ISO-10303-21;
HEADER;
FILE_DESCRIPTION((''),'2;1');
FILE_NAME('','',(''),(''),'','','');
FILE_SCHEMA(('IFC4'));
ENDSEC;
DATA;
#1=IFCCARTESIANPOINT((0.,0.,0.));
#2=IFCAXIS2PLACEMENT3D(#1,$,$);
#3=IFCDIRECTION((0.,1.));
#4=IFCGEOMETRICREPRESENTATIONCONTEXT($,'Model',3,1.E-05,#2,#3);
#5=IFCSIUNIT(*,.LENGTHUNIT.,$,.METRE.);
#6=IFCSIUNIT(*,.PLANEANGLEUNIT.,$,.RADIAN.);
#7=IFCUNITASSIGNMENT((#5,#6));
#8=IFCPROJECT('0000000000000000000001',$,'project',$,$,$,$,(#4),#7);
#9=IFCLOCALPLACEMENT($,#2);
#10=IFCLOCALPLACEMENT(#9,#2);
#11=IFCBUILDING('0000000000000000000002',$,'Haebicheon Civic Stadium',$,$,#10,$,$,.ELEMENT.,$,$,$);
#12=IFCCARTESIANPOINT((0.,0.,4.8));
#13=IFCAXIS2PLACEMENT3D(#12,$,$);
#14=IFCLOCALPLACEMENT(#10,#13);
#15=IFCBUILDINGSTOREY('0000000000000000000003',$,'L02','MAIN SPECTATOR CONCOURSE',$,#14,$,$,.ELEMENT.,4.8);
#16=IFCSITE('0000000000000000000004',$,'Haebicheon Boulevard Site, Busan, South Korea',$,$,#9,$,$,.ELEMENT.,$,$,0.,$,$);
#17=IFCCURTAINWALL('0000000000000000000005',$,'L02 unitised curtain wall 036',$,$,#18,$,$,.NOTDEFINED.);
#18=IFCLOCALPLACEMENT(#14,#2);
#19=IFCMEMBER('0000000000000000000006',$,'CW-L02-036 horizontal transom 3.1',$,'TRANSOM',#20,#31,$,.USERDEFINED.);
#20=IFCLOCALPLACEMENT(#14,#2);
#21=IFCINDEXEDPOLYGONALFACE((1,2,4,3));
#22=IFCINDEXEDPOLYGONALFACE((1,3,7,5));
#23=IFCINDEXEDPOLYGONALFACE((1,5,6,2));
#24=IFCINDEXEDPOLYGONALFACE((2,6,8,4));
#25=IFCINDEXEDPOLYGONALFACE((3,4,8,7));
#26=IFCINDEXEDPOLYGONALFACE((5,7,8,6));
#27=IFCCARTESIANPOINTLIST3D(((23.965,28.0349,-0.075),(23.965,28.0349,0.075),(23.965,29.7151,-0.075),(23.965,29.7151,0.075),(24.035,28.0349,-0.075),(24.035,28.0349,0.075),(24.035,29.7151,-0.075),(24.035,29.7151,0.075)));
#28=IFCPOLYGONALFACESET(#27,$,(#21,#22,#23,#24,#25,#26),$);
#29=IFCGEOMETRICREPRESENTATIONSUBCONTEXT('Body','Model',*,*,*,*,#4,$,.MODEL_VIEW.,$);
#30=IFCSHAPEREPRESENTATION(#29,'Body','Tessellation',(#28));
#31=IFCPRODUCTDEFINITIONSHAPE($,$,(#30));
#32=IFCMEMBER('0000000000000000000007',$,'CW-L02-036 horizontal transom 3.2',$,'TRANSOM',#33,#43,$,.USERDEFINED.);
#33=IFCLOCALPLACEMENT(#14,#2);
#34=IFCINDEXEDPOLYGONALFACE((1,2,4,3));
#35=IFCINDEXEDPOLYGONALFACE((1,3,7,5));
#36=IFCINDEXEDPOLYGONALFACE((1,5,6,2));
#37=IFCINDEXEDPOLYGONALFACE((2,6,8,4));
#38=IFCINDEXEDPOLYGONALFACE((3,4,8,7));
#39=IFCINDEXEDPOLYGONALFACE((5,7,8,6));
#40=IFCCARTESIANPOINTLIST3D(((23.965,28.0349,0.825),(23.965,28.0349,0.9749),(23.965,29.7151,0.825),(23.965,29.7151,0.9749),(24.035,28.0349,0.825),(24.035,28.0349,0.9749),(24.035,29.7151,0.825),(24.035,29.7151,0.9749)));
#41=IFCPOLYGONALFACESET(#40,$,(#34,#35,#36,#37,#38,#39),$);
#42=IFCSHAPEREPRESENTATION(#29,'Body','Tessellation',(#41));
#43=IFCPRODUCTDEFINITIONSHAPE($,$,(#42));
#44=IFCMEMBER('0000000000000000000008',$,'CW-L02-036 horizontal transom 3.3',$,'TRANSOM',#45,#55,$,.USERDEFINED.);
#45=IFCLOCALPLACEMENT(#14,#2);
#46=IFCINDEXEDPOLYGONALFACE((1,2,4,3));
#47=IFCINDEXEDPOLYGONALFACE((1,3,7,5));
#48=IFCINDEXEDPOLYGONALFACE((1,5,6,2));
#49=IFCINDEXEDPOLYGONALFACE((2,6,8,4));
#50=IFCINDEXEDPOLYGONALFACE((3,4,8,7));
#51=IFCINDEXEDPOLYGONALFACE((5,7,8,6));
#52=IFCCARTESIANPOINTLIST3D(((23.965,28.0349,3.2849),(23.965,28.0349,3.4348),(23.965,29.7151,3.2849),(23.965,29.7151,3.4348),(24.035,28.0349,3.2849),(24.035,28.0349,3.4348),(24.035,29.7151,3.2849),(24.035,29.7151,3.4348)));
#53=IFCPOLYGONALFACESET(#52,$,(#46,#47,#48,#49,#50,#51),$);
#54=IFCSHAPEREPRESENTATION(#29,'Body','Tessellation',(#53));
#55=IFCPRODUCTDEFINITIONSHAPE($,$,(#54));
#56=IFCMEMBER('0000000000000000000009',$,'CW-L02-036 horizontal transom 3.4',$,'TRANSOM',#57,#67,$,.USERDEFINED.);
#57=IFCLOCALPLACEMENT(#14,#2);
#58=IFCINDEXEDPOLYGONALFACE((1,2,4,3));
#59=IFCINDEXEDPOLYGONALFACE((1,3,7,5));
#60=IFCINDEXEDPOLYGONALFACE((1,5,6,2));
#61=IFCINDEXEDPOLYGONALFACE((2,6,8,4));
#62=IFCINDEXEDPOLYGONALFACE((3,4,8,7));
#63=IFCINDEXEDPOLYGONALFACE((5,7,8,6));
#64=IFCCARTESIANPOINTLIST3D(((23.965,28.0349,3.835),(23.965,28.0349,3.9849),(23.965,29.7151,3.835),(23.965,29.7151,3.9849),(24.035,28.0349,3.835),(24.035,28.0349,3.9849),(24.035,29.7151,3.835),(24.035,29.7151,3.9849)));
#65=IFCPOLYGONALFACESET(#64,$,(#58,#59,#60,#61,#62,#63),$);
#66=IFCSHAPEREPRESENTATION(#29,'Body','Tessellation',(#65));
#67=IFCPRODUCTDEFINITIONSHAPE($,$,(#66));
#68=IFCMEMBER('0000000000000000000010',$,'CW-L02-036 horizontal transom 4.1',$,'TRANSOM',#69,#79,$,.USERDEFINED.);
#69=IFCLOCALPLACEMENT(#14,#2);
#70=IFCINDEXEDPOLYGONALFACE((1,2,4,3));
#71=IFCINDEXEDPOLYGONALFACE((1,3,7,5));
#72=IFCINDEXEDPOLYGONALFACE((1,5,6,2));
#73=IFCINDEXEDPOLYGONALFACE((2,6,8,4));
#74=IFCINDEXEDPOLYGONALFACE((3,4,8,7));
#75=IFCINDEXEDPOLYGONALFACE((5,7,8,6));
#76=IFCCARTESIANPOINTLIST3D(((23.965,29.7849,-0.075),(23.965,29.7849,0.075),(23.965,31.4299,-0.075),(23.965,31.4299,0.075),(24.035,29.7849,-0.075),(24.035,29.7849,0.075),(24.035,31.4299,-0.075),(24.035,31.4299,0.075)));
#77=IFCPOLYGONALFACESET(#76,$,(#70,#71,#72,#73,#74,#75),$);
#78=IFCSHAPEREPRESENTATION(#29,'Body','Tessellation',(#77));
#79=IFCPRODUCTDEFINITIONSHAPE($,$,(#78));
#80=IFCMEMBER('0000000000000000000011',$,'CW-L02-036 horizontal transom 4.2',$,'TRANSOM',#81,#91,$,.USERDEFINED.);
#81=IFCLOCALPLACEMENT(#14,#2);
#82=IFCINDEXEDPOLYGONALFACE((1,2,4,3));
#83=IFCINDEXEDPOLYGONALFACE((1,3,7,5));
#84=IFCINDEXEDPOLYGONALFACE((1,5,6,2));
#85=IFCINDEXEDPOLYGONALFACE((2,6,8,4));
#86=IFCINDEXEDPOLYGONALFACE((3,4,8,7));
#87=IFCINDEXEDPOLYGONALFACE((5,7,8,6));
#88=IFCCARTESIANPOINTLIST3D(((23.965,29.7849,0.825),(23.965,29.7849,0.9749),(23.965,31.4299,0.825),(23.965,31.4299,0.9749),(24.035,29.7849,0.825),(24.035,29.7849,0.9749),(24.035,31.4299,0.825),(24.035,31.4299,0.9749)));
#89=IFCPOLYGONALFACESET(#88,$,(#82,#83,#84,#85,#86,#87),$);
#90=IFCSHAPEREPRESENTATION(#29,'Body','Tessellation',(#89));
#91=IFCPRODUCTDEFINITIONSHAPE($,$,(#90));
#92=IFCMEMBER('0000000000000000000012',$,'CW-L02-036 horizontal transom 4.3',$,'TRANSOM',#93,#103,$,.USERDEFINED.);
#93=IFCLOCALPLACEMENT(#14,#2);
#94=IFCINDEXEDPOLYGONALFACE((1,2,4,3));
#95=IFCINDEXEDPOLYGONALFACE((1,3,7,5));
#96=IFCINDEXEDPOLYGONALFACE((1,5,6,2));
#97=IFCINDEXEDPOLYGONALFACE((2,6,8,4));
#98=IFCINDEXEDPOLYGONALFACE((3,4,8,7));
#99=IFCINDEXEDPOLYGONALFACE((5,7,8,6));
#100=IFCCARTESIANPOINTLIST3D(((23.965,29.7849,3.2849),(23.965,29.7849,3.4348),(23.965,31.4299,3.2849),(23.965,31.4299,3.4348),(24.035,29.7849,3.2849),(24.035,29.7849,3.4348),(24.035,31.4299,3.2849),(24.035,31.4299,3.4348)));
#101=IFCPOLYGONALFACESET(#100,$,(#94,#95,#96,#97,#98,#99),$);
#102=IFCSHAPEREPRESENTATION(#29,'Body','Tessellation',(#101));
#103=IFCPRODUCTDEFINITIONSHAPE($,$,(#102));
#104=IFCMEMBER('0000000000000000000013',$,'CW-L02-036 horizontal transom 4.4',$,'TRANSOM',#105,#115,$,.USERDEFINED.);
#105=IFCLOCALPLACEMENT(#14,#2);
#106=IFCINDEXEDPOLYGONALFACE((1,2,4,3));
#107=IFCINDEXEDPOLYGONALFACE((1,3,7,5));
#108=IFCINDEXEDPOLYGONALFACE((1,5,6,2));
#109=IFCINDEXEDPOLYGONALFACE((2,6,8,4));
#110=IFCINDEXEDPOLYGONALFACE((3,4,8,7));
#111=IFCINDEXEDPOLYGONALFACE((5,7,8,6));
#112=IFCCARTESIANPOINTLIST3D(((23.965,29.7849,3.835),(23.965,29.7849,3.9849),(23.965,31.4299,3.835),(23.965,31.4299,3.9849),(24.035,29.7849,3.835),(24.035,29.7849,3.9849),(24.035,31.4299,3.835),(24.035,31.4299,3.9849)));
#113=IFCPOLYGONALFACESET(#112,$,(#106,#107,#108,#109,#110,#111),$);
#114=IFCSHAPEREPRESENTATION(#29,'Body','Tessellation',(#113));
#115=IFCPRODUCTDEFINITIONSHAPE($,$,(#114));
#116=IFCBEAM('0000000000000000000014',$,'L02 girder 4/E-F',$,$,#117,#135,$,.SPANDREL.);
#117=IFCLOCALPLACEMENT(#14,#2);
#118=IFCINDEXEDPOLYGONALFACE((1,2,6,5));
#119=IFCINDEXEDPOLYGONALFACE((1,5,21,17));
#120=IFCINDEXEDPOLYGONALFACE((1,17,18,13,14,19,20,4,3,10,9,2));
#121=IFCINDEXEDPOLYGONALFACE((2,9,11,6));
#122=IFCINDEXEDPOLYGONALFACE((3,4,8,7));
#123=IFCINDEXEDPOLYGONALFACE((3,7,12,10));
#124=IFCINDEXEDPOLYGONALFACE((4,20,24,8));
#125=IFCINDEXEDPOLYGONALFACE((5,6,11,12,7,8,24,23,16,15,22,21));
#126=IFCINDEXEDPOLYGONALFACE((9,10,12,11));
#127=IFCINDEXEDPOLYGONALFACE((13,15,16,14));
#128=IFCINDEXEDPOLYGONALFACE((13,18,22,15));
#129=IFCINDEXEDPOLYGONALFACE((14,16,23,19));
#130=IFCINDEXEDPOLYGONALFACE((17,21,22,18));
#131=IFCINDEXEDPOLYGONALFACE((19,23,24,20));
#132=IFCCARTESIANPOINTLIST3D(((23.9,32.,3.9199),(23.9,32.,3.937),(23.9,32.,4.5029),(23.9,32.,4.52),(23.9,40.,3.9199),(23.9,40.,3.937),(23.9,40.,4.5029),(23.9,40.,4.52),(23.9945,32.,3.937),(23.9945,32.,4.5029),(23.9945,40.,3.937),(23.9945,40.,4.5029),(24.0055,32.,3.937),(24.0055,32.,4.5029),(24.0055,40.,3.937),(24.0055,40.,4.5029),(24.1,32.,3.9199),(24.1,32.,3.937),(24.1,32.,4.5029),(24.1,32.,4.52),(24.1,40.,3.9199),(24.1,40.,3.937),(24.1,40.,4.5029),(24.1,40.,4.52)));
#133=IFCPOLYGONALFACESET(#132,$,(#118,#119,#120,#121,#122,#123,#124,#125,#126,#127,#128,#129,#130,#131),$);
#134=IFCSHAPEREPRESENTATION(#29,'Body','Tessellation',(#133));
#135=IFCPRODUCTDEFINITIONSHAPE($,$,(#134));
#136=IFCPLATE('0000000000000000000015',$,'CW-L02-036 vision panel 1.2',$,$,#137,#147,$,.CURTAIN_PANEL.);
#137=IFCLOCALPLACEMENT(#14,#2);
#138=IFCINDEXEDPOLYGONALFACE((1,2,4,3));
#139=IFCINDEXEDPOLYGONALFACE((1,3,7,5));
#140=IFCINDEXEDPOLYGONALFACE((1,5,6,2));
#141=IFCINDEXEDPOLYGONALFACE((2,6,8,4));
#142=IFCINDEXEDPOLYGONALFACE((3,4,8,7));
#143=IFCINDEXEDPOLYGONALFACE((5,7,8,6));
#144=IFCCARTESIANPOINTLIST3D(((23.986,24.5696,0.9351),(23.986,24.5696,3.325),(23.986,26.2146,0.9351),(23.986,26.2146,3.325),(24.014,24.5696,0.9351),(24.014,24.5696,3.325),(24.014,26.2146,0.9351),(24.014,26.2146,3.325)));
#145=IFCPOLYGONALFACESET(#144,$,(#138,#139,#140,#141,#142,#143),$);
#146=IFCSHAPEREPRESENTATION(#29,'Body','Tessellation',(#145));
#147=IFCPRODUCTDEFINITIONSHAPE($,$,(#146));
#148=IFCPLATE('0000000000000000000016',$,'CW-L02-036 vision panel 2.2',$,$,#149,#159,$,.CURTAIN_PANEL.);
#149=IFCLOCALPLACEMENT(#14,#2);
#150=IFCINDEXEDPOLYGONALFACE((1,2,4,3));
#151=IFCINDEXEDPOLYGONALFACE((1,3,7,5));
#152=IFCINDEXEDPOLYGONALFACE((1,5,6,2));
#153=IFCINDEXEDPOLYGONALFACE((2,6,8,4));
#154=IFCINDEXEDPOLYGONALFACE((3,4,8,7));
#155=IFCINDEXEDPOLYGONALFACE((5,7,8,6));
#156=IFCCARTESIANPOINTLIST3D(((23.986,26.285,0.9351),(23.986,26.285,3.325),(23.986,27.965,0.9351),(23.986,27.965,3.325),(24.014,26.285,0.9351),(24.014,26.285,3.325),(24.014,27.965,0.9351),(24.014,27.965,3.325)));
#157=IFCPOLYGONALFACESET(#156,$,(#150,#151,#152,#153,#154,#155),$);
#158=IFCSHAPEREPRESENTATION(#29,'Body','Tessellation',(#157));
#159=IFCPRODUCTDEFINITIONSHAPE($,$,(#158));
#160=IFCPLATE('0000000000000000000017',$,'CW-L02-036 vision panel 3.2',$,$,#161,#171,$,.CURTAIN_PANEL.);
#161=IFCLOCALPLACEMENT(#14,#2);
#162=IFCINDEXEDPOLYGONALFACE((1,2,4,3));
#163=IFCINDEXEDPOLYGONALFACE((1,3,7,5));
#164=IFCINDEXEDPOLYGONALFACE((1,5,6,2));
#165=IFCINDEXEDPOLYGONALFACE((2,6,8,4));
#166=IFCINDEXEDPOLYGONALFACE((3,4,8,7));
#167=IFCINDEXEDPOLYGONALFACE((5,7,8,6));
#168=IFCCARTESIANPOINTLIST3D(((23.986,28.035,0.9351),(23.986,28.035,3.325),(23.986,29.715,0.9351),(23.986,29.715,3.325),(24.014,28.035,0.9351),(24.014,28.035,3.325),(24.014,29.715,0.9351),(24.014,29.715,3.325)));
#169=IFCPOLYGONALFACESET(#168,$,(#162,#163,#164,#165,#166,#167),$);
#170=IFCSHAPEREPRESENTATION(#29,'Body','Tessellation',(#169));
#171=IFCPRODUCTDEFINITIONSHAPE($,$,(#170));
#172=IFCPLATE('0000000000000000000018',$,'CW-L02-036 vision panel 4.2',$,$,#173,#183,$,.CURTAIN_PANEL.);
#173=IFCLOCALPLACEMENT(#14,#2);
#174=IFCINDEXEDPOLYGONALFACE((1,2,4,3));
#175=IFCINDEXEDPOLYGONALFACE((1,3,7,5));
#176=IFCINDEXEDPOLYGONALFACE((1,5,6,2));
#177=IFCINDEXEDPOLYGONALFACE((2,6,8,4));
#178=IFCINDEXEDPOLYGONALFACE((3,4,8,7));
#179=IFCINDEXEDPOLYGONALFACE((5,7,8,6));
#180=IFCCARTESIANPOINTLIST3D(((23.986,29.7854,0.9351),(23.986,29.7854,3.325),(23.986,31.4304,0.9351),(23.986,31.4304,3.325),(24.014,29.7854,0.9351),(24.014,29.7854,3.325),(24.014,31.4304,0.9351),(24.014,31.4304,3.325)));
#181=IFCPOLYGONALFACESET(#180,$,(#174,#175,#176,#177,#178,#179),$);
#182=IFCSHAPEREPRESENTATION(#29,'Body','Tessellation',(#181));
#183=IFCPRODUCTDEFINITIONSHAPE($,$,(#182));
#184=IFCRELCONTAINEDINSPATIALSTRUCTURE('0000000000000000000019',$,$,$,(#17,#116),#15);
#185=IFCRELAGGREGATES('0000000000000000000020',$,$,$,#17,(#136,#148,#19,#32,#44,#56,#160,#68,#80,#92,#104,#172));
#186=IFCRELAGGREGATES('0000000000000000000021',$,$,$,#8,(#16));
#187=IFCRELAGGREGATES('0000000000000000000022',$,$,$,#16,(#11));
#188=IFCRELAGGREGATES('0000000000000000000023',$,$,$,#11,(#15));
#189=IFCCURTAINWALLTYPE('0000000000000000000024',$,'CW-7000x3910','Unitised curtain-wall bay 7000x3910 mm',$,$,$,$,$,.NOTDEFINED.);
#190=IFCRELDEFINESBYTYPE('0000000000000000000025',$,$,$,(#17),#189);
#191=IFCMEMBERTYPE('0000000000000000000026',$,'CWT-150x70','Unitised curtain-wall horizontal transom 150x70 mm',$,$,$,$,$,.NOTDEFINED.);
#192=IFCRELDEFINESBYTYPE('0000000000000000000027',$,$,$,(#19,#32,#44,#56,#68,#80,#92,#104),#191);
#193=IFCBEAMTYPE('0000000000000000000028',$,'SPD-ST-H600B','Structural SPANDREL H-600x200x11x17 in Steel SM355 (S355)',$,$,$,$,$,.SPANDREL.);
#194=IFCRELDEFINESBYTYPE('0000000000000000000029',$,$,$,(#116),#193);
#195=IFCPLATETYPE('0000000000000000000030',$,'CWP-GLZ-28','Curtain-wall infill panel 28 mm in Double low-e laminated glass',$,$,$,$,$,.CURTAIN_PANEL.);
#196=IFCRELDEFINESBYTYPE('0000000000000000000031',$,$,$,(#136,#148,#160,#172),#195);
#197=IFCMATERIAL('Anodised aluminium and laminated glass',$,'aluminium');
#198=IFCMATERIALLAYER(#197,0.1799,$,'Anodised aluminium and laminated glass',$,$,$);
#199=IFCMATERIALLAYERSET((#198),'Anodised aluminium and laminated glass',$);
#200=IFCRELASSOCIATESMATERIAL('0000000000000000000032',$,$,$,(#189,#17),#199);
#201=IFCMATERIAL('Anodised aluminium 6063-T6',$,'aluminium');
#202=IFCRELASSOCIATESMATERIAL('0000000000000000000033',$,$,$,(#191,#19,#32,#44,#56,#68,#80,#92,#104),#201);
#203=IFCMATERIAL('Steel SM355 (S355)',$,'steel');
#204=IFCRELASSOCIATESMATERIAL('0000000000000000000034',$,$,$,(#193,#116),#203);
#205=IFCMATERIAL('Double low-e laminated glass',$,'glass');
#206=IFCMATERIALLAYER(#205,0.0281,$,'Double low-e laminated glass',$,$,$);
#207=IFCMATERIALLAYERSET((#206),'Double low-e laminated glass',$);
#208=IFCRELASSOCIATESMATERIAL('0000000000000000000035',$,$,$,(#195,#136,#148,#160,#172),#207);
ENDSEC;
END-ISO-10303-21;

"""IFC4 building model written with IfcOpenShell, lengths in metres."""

from ifc_helpers import new_model, si_unit, direction, frame, origin, origin_2d, place, context, subcontext, project, spatial, rectangle, i_section, extrude, material, layer, layer_set, material_profile, profile_set, type_object, element, aggregate, save


model = new_model("IFC4")

# Units and contexts
model_context = context("Model", 3, precision=1e-05, world=origin(), true_north=direction((0.0, 1.0)))
body_context = subcontext(model_context, "Body", "Model", "MODEL_VIEW")
ifc_project = project(units=[si_unit("LENGTHUNIT", "METRE"), si_unit("PLANEANGLEUNIT", "RADIAN")], contexts=[model_context])

# Site, building, storey
site_placement = place(None, origin())
site = spatial("IfcSite", under=ifc_project, at=site_placement, Name="Haebicheon Boulevard Site, Busan, South Korea", CompositionType="ELEMENT", RefElevation=0.0)
building_placement = place(site_placement, origin())
building = spatial("IfcBuilding", under=site, at=building_placement, Name="Haebicheon Civic Stadium", CompositionType="ELEMENT")
storey_placement = place(building_placement, frame((0.0, 0.0, 4.8)))
storey = spatial("IfcBuildingStorey", under=building, at=storey_placement, Name="L02", Description="MAIN SPECTATOR CONCOURSE", CompositionType="ELEMENT", Elevation=4.8)

# Curtain wall, members
ifc_material_1 = material(Name="Anodised aluminium and laminated glass", Category="aluminium")
ifc_layer_1 = layer(ifc_material_1, 0.1799, Name="Anodised aluminium and laminated glass")
ifc_layer_set_1 = layer_set([ifc_layer_1], Name="Anodised aluminium and laminated glass")
curtain_wall_type = type_object("IfcCurtainWallType", Name="CW-7000x3910", Description="Unitised curtain-wall bay 7000x3910 mm", PredefinedType="NOTDEFINED", material=ifc_layer_set_1)
curtain_wall_placement = place(storey_placement, origin())
curtain_wall = element("IfcCurtainWall", 1, at=curtain_wall_placement, inside=storey, type_object=curtain_wall_type, material=ifc_layer_set_1, Name="L02 unitised curtain wall 036", PredefinedType="NOTDEFINED")
ifc_material_2 = material(Name="Anodised aluminium 6063-T6", Category="aluminium")
ifc_material_profile_1 = material_profile(ifc_material_2, rectangle(XDim=0.0701, YDim=0.1499, at=origin_2d()), Name="ALU-TRAN-70x150")
ifc_profile_set_1 = profile_set([ifc_material_profile_1], Name="Anodised aluminium 6063-T6")
member_type_1 = type_object("IfcMemberType", Name="CWT-150x70", Description="Unitised curtain-wall horizontal transom 150x70 mm", PredefinedType="NOTDEFINED", material=ifc_profile_set_1)
member_1_placement = place(storey_placement, frame((24.0, 28.0349, 0.0), z_axis=(0.0, 1.0, 0.0), x_axis=(-1.0, 0.0, 0.0)))
member_1 = element("IfcMember", 2, at=member_1_placement, type_object=member_type_1, material=ifc_profile_set_1, Name="CW-L02-036 horizontal transom 3.1", ObjectType="TRANSOM", PredefinedType="USERDEFINED", context=body_context, shape_type="SweptSolid", body=[
    extrude(rectangle(XDim=0.0701, YDim=0.1499, at=origin_2d()), origin(), (0.0, 0.0, 1.0), 1.6802),
])
member_2_placement = place(storey_placement, frame((24.0, 28.0349, 0.8999), z_axis=(0.0, 1.0, 0.0), x_axis=(-1.0, 0.0, 0.0)))
member_2 = element("IfcMember", 3, at=member_2_placement, type_object=member_type_1, material=ifc_profile_set_1, Name="CW-L02-036 horizontal transom 3.2", ObjectType="TRANSOM", PredefinedType="USERDEFINED", context=body_context, shape_type="SweptSolid", body=[
    extrude(rectangle(XDim=0.0701, YDim=0.1499, at=origin_2d()), origin(), (0.0, 0.0, 1.0), 1.6802),
])
member_3_placement = place(storey_placement, frame((24.0, 28.0349, 3.3599), z_axis=(0.0, 1.0, 0.0), x_axis=(-1.0, 0.0, 0.0)))
member_3 = element("IfcMember", 4, at=member_3_placement, type_object=member_type_1, material=ifc_profile_set_1, Name="CW-L02-036 horizontal transom 3.3", ObjectType="TRANSOM", PredefinedType="USERDEFINED", context=body_context, shape_type="SweptSolid", body=[
    extrude(rectangle(XDim=0.0701, YDim=0.1499, at=origin_2d()), origin(), (0.0, 0.0, 1.0), 1.6802),
])
member_4_placement = place(storey_placement, frame((24.0, 28.0349, 3.9099), z_axis=(0.0, 1.0, 0.0), x_axis=(-1.0, 0.0, 0.0)))
member_4 = element("IfcMember", 5, at=member_4_placement, type_object=member_type_1, material=ifc_profile_set_1, Name="CW-L02-036 horizontal transom 3.4", ObjectType="TRANSOM", PredefinedType="USERDEFINED", context=body_context, shape_type="SweptSolid", body=[
    extrude(rectangle(XDim=0.0701, YDim=0.1499, at=origin_2d()), origin(), (0.0, 0.0, 1.0), 1.6802),
])
member_5_placement = place(storey_placement, frame((24.0, 29.7849, 0.0), z_axis=(0.0, 1.0, 0.0), x_axis=(-1.0, 0.0, 0.0)))
member_5 = element("IfcMember", 6, at=member_5_placement, type_object=member_type_1, material=ifc_profile_set_1, Name="CW-L02-036 horizontal transom 4.1", ObjectType="TRANSOM", PredefinedType="USERDEFINED", context=body_context, shape_type="SweptSolid", body=[
    extrude(rectangle(XDim=0.0701, YDim=0.1499, at=origin_2d()), origin(), (0.0, 0.0, 1.0), 1.645),
])
member_6_placement = place(storey_placement, frame((24.0, 29.7849, 0.8999), z_axis=(0.0, 1.0, 0.0), x_axis=(-1.0, 0.0, 0.0)))
member_6 = element("IfcMember", 7, at=member_6_placement, type_object=member_type_1, material=ifc_profile_set_1, Name="CW-L02-036 horizontal transom 4.2", ObjectType="TRANSOM", PredefinedType="USERDEFINED", context=body_context, shape_type="SweptSolid", body=[
    extrude(rectangle(XDim=0.0701, YDim=0.1499, at=origin_2d()), origin(), (0.0, 0.0, 1.0), 1.645),
])
member_7_placement = place(storey_placement, frame((24.0, 29.7849, 3.3599), z_axis=(0.0, 1.0, 0.0), x_axis=(-1.0, 0.0, 0.0)))
member_7 = element("IfcMember", 8, at=member_7_placement, type_object=member_type_1, material=ifc_profile_set_1, Name="CW-L02-036 horizontal transom 4.3", ObjectType="TRANSOM", PredefinedType="USERDEFINED", context=body_context, shape_type="SweptSolid", body=[
    extrude(rectangle(XDim=0.0701, YDim=0.1499, at=origin_2d()), origin(), (0.0, 0.0, 1.0), 1.645),
])
member_8_placement = place(storey_placement, frame((24.0, 29.7849, 3.9099), z_axis=(0.0, 1.0, 0.0), x_axis=(-1.0, 0.0, 0.0)))
member_8 = element("IfcMember", 9, at=member_8_placement, type_object=member_type_1, material=ifc_profile_set_1, Name="CW-L02-036 horizontal transom 4.4", ObjectType="TRANSOM", PredefinedType="USERDEFINED", context=body_context, shape_type="SweptSolid", body=[
    extrude(rectangle(XDim=0.0701, YDim=0.1499, at=origin_2d()), origin(), (0.0, 0.0, 1.0), 1.645),
])

# Beam
ifc_material_3 = material(Name="Steel SM355 (S355)", Category="steel")
ifc_material_profile_2 = material_profile(ifc_material_3, i_section(OverallWidth=0.2, OverallDepth=0.6001, WebThickness=0.011, FlangeThickness=0.0171, at=origin_2d()), Name="H-600x200x11x17")
ifc_profile_set_2 = profile_set([ifc_material_profile_2], Name="Steel SM355 (S355)")
beam_type = type_object("IfcBeamType", Name="SPD-ST-H600B", Description="Structural SPANDREL H-600x200x11x17 in Steel SM355 (S355)", PredefinedType="SPANDREL", material=ifc_profile_set_2)
beam_placement = place(storey_placement, frame((24.0, 32.0, 4.22), z_axis=(0.0, 1.0, 0.0), x_axis=(-1.0, 0.0, 0.0)))
element("IfcBeam", 10, at=beam_placement, inside=storey, type_object=beam_type, material=ifc_profile_set_2, Name="L02 girder 4/E-F", PredefinedType="SPANDREL", context=body_context, shape_type="SweptSolid", body=[
    extrude(i_section(OverallWidth=0.2, OverallDepth=0.6001, WebThickness=0.011, FlangeThickness=0.0171, at=origin_2d()), origin(), (0.0, 0.0, 1.0), 8.0),
])

# Plates
ifc_material_4 = material(Name="Double low-e laminated glass", Category="glass")
ifc_layer_2 = layer(ifc_material_4, 0.0281, Name="Double low-e laminated glass")
ifc_layer_set_2 = layer_set([ifc_layer_2], Name="Double low-e laminated glass")
plate_type_1 = type_object("IfcPlateType", Name="CWP-GLZ-28", Description="Curtain-wall infill panel 28 mm in Double low-e laminated glass", PredefinedType="CURTAIN_PANEL", material=ifc_layer_set_2)
plate_1_placement = place(storey_placement, frame((24.0, 25.3921, 0.9351), z_axis=(0.0, 0.0, 1.0), x_axis=(0.0, 1.0, 0.0)))
plate_1 = element("IfcPlate", 11, at=plate_1_placement, type_object=plate_type_1, material=ifc_layer_set_2, Name="CW-L02-036 vision panel 1.2", PredefinedType="CURTAIN_PANEL", context=body_context, shape_type="SweptSolid", body=[
    extrude(rectangle(XDim=1.645, YDim=0.0281, at=origin_2d()), origin(), (0.0, 0.0, 1.0), 2.3899),
])
plate_2_placement = place(storey_placement, frame((24.0, 27.125, 0.9351), z_axis=(0.0, 0.0, 1.0), x_axis=(0.0, 1.0, 0.0)))
plate_2 = element("IfcPlate", 12, at=plate_2_placement, type_object=plate_type_1, material=ifc_layer_set_2, Name="CW-L02-036 vision panel 2.2", PredefinedType="CURTAIN_PANEL", context=body_context, shape_type="SweptSolid", body=[
    extrude(rectangle(XDim=1.6799, YDim=0.0281, at=origin_2d()), origin(), (0.0, 0.0, 1.0), 2.3899),
])
plate_3_placement = place(storey_placement, frame((24.0, 28.875, 0.9351), z_axis=(0.0, 0.0, 1.0), x_axis=(0.0, 1.0, 0.0)))
plate_3 = element("IfcPlate", 13, at=plate_3_placement, type_object=plate_type_1, material=ifc_layer_set_2, Name="CW-L02-036 vision panel 3.2", PredefinedType="CURTAIN_PANEL", context=body_context, shape_type="SweptSolid", body=[
    extrude(rectangle(XDim=1.6799, YDim=0.0281, at=origin_2d()), origin(), (0.0, 0.0, 1.0), 2.3899),
])
plate_4_placement = place(storey_placement, frame((24.0, 30.6079, 0.9351), z_axis=(0.0, 0.0, 1.0), x_axis=(0.0, 1.0, 0.0)))
plate_4 = element("IfcPlate", 14, at=plate_4_placement, type_object=plate_type_1, material=ifc_layer_set_2, Name="CW-L02-036 vision panel 4.2", PredefinedType="CURTAIN_PANEL", context=body_context, shape_type="SweptSolid", body=[
    extrude(rectangle(XDim=1.645, YDim=0.0281, at=origin_2d()), origin(), (0.0, 0.0, 1.0), 2.3899),
])
aggregate(curtain_wall, [plate_1, plate_2, member_1, member_2, member_3, member_4, plate_3, member_5, member_6, member_7, member_8, plate_4])

save(model, "model.ifc")
